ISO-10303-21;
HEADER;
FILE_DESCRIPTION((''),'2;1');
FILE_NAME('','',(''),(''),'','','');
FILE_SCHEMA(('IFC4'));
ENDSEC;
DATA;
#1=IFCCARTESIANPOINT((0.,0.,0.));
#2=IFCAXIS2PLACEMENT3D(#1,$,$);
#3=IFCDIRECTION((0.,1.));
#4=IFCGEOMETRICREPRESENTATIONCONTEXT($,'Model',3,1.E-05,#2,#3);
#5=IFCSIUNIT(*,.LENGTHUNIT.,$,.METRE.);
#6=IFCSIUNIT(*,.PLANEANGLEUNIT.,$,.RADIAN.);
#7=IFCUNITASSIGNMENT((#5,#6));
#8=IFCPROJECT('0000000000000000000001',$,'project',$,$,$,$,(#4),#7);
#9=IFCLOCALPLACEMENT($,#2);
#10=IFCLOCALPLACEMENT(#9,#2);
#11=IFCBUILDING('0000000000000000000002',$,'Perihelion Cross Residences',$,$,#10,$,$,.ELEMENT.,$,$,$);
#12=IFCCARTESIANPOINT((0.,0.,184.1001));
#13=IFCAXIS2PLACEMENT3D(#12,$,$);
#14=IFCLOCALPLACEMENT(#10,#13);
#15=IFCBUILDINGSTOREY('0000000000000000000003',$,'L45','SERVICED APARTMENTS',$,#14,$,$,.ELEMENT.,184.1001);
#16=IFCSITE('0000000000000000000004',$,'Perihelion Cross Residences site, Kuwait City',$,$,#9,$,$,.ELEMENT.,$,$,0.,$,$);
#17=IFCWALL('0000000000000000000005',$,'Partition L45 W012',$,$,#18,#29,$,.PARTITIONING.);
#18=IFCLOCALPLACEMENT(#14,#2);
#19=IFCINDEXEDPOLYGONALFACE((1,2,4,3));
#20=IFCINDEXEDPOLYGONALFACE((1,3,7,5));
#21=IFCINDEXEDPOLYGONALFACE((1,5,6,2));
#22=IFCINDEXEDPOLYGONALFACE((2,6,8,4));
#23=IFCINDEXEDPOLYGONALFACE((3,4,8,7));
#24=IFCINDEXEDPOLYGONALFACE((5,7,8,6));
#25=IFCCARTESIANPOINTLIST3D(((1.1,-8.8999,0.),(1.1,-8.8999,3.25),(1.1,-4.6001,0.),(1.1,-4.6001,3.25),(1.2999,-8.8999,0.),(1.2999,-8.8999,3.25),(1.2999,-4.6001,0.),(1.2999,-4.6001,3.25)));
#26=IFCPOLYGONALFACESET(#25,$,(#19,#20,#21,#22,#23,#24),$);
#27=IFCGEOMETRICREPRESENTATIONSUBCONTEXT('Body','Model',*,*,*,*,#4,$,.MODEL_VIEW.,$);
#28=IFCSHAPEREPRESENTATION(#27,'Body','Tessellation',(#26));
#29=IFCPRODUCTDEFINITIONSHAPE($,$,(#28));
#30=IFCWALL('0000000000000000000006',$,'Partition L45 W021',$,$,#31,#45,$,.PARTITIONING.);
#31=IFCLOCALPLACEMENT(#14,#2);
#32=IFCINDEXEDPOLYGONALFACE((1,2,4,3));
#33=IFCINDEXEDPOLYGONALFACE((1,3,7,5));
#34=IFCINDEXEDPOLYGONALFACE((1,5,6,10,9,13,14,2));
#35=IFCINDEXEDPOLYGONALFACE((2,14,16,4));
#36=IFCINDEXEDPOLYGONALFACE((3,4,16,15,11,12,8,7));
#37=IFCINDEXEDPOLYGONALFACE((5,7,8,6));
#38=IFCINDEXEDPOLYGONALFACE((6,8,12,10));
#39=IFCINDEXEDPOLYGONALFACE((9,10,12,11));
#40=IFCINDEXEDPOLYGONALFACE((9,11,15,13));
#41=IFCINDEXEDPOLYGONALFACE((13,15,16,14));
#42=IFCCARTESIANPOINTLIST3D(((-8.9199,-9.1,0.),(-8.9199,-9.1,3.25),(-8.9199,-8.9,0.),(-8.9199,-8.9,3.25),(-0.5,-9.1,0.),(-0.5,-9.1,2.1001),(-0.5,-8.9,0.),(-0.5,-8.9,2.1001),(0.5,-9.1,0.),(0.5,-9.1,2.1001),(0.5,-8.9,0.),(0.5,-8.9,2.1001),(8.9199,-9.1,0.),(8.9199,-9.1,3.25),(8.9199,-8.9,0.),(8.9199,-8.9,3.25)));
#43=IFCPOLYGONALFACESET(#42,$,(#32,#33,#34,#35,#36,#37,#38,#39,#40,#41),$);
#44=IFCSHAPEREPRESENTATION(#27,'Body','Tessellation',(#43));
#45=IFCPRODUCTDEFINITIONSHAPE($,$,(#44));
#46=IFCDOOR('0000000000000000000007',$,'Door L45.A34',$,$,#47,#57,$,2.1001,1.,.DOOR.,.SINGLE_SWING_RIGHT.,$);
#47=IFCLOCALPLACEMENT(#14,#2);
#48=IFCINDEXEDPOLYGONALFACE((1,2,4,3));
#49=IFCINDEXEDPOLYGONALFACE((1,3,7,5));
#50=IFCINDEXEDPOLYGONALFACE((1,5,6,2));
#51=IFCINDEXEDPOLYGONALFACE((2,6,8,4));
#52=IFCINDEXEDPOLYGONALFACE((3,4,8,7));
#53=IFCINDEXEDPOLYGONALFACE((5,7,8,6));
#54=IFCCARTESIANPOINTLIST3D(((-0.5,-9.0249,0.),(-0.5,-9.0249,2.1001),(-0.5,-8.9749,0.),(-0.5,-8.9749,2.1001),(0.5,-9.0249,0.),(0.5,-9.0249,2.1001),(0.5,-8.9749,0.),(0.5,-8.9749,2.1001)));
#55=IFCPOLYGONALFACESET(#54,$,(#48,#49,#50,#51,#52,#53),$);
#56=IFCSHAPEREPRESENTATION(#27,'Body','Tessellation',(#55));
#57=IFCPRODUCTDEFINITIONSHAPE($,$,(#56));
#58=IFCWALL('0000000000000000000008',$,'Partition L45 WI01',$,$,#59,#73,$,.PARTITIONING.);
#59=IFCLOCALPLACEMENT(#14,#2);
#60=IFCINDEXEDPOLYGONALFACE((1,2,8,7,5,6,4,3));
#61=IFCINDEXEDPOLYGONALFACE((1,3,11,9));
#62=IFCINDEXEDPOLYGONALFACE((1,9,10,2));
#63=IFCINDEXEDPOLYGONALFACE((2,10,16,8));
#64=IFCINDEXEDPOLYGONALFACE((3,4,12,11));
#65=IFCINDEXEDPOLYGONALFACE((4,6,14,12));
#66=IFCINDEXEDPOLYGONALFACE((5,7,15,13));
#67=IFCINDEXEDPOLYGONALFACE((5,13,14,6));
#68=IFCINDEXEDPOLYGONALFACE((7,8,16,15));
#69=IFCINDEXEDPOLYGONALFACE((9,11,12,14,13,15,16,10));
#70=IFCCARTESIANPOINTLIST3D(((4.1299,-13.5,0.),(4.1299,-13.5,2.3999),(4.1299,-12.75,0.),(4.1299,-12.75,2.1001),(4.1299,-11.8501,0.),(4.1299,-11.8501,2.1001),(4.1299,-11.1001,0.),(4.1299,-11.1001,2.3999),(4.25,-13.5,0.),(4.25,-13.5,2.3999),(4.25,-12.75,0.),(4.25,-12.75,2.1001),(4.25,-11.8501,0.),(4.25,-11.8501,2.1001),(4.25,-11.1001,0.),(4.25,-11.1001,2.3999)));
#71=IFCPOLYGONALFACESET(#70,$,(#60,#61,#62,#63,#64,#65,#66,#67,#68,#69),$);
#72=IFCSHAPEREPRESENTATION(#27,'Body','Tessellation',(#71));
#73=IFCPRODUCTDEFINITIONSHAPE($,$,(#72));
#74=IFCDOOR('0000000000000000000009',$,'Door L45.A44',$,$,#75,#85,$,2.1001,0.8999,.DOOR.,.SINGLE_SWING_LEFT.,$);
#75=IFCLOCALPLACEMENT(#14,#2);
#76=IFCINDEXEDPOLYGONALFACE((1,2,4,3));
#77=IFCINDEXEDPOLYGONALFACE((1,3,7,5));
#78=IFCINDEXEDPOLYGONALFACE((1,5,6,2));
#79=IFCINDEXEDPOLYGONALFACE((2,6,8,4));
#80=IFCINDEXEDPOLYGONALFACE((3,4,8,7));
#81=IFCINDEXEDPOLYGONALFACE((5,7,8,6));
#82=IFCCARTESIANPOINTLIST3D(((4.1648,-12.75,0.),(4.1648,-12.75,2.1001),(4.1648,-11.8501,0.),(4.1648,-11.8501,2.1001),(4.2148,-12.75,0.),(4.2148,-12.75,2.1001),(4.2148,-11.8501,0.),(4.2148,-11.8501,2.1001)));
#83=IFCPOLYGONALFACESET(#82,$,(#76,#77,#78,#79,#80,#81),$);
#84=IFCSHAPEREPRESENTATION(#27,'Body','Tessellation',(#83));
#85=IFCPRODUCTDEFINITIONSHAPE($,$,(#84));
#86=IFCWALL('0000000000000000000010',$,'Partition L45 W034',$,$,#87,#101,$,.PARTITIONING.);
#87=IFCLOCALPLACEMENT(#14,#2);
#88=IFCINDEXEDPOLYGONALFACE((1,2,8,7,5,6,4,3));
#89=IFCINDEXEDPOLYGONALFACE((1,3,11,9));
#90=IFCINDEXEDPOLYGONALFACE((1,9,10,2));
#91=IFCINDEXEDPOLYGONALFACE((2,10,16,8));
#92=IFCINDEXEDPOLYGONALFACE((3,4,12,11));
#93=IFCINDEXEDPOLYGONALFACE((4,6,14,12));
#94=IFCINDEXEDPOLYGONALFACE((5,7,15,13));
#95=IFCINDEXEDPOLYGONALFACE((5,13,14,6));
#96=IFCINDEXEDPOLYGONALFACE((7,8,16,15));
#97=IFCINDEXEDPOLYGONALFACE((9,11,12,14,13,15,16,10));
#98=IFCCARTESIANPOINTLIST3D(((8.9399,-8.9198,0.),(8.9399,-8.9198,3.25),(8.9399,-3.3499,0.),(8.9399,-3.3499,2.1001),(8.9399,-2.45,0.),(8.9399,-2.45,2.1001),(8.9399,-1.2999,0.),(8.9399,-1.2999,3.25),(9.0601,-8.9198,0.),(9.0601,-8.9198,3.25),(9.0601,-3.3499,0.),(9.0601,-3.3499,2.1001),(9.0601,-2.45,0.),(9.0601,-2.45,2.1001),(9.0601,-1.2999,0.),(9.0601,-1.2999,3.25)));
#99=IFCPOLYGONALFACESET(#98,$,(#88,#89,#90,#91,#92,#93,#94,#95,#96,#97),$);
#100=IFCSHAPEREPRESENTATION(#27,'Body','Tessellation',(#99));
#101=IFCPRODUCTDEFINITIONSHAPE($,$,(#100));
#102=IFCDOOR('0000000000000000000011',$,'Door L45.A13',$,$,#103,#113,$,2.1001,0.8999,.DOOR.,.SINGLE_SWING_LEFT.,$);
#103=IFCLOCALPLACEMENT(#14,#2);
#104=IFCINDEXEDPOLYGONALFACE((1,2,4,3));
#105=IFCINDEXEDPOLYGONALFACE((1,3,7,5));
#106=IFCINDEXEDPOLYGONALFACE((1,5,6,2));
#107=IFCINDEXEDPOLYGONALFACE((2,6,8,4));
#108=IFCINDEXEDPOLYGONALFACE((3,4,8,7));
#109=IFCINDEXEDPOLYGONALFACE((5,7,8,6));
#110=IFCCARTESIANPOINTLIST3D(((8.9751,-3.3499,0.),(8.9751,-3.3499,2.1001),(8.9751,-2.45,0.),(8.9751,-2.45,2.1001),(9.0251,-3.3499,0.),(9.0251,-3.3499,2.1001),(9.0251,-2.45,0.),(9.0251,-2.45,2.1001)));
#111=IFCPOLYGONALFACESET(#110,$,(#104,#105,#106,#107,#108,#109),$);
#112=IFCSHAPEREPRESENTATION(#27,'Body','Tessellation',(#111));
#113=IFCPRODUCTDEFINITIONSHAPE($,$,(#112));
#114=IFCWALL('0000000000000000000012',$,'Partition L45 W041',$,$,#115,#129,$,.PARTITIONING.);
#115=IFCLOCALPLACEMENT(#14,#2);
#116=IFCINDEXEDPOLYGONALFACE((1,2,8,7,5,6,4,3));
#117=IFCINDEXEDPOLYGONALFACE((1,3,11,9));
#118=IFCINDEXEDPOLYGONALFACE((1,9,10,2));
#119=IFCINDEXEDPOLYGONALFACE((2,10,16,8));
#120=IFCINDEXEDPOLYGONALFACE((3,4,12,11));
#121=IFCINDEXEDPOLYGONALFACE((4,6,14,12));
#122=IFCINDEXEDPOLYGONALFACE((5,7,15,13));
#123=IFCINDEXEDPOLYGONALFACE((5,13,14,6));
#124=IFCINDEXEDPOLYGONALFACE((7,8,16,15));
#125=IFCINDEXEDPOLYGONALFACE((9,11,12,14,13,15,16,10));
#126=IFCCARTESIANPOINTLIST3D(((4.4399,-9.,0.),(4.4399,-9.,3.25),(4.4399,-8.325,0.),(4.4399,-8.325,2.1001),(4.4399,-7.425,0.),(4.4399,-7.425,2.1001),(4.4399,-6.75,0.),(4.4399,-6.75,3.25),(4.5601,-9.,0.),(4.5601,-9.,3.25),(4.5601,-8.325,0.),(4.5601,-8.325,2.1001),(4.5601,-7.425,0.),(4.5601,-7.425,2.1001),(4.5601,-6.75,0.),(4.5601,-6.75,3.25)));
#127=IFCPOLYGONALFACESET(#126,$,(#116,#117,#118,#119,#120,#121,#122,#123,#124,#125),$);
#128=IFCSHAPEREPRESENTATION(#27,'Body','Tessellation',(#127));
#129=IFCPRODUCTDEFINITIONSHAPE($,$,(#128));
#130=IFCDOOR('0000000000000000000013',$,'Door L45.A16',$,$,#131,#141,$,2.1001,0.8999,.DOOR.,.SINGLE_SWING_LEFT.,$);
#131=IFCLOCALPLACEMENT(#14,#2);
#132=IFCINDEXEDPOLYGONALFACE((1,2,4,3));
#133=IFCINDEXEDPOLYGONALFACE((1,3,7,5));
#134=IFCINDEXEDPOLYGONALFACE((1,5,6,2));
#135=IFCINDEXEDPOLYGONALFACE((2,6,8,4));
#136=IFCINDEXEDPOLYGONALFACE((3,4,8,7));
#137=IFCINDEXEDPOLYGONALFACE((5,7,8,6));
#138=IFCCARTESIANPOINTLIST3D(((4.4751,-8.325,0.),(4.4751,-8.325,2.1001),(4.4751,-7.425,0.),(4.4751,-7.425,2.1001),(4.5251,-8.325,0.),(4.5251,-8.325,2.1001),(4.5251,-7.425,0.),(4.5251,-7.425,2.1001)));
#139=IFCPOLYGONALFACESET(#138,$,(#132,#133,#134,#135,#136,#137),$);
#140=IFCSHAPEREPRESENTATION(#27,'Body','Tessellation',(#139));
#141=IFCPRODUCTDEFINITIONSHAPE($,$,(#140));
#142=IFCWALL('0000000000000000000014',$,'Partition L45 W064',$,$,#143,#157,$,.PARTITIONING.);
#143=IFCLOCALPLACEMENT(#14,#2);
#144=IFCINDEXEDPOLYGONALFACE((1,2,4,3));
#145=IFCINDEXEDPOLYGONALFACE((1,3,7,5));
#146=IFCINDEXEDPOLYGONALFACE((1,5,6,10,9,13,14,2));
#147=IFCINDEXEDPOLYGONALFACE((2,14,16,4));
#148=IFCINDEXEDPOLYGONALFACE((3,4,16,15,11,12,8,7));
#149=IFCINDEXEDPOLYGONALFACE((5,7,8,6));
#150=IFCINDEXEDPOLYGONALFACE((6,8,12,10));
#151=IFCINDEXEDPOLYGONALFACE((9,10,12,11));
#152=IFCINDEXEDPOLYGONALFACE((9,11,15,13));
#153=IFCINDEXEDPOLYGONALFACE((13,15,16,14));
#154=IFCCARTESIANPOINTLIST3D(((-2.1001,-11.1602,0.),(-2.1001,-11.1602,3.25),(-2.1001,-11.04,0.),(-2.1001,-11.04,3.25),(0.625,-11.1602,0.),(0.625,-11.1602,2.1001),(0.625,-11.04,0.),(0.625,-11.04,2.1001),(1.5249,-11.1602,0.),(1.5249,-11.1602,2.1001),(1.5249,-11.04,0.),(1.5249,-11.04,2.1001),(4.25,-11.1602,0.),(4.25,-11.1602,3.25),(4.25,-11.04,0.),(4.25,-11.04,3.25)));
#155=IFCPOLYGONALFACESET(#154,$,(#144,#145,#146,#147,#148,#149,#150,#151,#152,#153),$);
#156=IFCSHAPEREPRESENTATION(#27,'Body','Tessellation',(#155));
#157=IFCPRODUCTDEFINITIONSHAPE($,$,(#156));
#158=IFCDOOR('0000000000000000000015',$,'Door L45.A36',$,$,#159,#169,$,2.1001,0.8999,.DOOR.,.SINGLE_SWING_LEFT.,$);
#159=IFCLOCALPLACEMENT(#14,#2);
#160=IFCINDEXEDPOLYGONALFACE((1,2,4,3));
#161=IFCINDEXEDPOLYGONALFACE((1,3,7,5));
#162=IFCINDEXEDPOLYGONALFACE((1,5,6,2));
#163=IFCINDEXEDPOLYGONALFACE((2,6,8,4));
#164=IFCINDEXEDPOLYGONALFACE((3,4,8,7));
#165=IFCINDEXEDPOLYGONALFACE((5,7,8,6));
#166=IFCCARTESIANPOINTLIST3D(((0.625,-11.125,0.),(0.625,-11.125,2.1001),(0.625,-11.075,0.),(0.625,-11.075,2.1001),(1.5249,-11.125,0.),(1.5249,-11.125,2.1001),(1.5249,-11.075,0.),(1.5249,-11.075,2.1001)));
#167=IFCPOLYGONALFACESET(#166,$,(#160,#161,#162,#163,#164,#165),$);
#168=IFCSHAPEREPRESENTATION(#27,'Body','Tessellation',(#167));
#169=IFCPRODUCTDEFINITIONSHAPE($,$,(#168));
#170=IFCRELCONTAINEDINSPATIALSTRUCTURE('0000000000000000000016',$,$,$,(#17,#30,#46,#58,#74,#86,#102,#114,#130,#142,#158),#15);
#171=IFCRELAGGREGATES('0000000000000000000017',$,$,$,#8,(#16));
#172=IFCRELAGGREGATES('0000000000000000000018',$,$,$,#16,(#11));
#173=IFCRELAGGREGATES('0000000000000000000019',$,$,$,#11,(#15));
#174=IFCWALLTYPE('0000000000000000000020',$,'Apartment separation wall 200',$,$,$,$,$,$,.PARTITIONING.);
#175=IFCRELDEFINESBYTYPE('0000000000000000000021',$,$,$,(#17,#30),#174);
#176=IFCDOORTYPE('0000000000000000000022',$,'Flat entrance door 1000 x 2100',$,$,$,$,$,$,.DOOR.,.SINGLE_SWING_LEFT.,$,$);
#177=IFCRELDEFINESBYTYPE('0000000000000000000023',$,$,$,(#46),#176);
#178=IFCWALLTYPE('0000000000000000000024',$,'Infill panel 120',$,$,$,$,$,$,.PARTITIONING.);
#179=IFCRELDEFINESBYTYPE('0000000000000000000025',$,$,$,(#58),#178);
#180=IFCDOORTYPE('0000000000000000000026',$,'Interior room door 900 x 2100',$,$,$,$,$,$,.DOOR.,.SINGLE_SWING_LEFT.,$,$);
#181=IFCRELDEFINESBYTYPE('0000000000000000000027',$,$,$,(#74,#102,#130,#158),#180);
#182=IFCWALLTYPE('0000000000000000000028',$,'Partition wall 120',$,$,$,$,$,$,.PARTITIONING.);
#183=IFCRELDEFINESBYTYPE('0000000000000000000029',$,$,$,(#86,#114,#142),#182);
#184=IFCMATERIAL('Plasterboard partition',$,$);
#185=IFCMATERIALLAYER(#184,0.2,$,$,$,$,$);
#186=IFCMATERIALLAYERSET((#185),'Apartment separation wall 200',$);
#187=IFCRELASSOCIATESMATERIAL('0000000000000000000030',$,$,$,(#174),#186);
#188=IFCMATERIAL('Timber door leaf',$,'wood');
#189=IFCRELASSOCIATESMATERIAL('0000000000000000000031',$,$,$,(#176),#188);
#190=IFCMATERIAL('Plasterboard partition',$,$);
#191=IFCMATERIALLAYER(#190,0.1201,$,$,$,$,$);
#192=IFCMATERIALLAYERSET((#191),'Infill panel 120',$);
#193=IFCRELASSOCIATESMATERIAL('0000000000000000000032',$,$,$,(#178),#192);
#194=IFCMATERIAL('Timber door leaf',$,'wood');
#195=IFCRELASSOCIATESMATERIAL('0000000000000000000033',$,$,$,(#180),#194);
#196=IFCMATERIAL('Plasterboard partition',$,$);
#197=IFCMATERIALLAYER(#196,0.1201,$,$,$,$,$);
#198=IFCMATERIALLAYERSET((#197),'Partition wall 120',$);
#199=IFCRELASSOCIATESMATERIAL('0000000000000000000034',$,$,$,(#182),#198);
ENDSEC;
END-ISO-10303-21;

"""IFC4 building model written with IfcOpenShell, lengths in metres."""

from ifc_helpers import new_model, si_unit, direction, frame, frame_2d, origin, place, context, subcontext, project, spatial, rectangle, extrude, material, layer, layer_set, type_object, element, fill, save


model = new_model("IFC4")

# Units and contexts
model_context = context("Model", 3, precision=1e-05, world=origin(), true_north=direction((0.0, 1.0)))
body_context = subcontext(model_context, "Body", "Model", "MODEL_VIEW")
ifc_project = project(units=[si_unit("LENGTHUNIT", "METRE"), si_unit("PLANEANGLEUNIT", "RADIAN")], contexts=[model_context])

# Site, building, storey
site_placement = place(None, origin())
site = spatial("IfcSite", under=ifc_project, at=site_placement, Name="Perihelion Cross Residences site, Kuwait City", CompositionType="ELEMENT", RefElevation=0.0)
building_placement = place(site_placement, origin())
building = spatial("IfcBuilding", under=site, at=building_placement, Name="Perihelion Cross Residences", CompositionType="ELEMENT")
storey_placement = place(building_placement, frame((0.0, 0.0, 184.1001)))
storey = spatial("IfcBuildingStorey", under=building, at=storey_placement, Name="L45", Description="SERVICED APARTMENTS", CompositionType="ELEMENT", Elevation=184.1001)

# Wall
ifc_material_1 = material(Name="Plasterboard partition")
ifc_layer_1 = layer(ifc_material_1, 0.2)
ifc_layer_set_1 = layer_set([ifc_layer_1], Name="Apartment separation wall 200")
wall_type_1 = type_object("IfcWallType", Name="Apartment separation wall 200", PredefinedType="PARTITIONING", material=ifc_layer_set_1)
wall_1_placement = place(storey_placement, frame((1.2, -4.6001, 0.0), z_axis=(0.0, 0.0, 1.0), x_axis=(0.0, -1.0, 0.0)))
element("IfcWall", 1, at=wall_1_placement, inside=storey, type_object=wall_type_1, Name="Partition L45 W012", PredefinedType="PARTITIONING", context=body_context, shape_type="SweptSolid", body=[
    extrude(rectangle(XDim=4.2998, YDim=0.2, at=frame_2d((2.1499, 0.0))), origin(), (0.0, 0.0, 1.0), 3.25),
])

# Walls, openings, doors
wall_2_placement = place(storey_placement, frame((8.9199, -9.0, 0.0), z_axis=(0.0, 0.0, 1.0), x_axis=(-1.0, 0.0, 0.0)))
wall_2 = element("IfcWall", 2, at=wall_2_placement, inside=storey, type_object=wall_type_1, Name="Partition L45 W021", PredefinedType="PARTITIONING", context=body_context, shape_type="SweptSolid", body=[
    extrude(rectangle(XDim=17.8398, YDim=0.2, at=frame_2d((8.9199, 0.0))), origin(), (0.0, 0.0, 1.0), 3.25),
])
opening_1_placement = place(wall_2_placement, frame((8.4199, 0.0, 0.0)))
opening_1 = element("IfcOpeningElement", 3, at=opening_1_placement, cuts=wall_2, PredefinedType="OPENING", context=body_context, shape_type="SweptSolid", body=[
    extrude(rectangle(XDim=1.0, YDim=2.1001, at=frame_2d((0.5, 1.05))), frame((0.0, 0.1099, 0.0), z_axis=(0.0, -1.0, 0.0), x_axis=(1.0, 0.0, 0.0)), (0.0, 0.0, 1.0), 0.22),
])
ifc_material_2 = material(Name="Timber door leaf", Category="wood")
door_type_1 = type_object("IfcDoorType", Name="Flat entrance door 1000 x 2100", OperationType="SINGLE_SWING_LEFT", PredefinedType="DOOR", material=ifc_material_2)
door_1_placement = place(opening_1_placement, origin())
door_1 = element("IfcDoor", 4, at=door_1_placement, inside=storey, type_object=door_type_1, Name="Door L45.A34", OperationType="SINGLE_SWING_RIGHT", OverallHeight=2.1001, OverallWidth=1.0, PredefinedType="DOOR", context=body_context, shape_type="SweptSolid", body=[
    extrude(rectangle(XDim=1.0, YDim=2.1001, at=frame_2d((0.5, 1.05))), frame((0.0, 0.0249, 0.0), z_axis=(0.0, -1.0, 0.0), x_axis=(1.0, 0.0, 0.0)), (0.0, 0.0, 1.0), 0.05),
])
fill(opening_1, door_1)
ifc_material_3 = material(Name="Plasterboard partition")
ifc_layer_2 = layer(ifc_material_3, 0.1201)
ifc_layer_set_2 = layer_set([ifc_layer_2], Name="Infill panel 120")
wall_type_2 = type_object("IfcWallType", Name="Infill panel 120", PredefinedType="PARTITIONING", material=ifc_layer_set_2)
wall_3_placement = place(storey_placement, frame((4.1899, -11.1001, 0.0), z_axis=(0.0, 0.0, 1.0), x_axis=(0.0, -1.0, 0.0)))
wall_3 = element("IfcWall", 5, at=wall_3_placement, inside=storey, type_object=wall_type_2, Name="Partition L45 WI01", PredefinedType="PARTITIONING", context=body_context, shape_type="SweptSolid", body=[
    extrude(rectangle(XDim=2.3999, YDim=0.1201, at=frame_2d((1.2, 0.0))), origin(), (0.0, 0.0, 1.0), 2.3999),
])
opening_2_placement = place(wall_3_placement, frame((0.75, 0.0, 0.0)))
opening_2 = element("IfcOpeningElement", 6, at=opening_2_placement, cuts=wall_3, PredefinedType="OPENING", context=body_context, shape_type="SweptSolid", body=[
    extrude(rectangle(XDim=0.8999, YDim=2.1001, at=frame_2d((0.45, 1.05))), frame((0.0, 0.0701, 0.0), z_axis=(0.0, -1.0, 0.0), x_axis=(1.0, 0.0, 0.0)), (0.0, 0.0, 1.0), 0.1401),
])
ifc_material_4 = material(Name="Timber door leaf", Category="wood")
door_type_2 = type_object("IfcDoorType", Name="Interior room door 900 x 2100", OperationType="SINGLE_SWING_LEFT", PredefinedType="DOOR", material=ifc_material_4)
door_2_placement = place(opening_2_placement, origin())
door_2 = element("IfcDoor", 7, at=door_2_placement, inside=storey, type_object=door_type_2, Name="Door L45.A44", OperationType="SINGLE_SWING_LEFT", OverallHeight=2.1001, OverallWidth=0.8999, PredefinedType="DOOR", context=body_context, shape_type="SweptSolid", body=[
    extrude(rectangle(XDim=0.8999, YDim=2.1001, at=frame_2d((0.45, 1.05))), frame((0.0, 0.0249, 0.0), z_axis=(0.0, -1.0, 0.0), x_axis=(1.0, 0.0, 0.0)), (0.0, 0.0, 1.0), 0.05),
])
fill(opening_2, door_2)
ifc_material_5 = material(Name="Plasterboard partition")
ifc_layer_3 = layer(ifc_material_5, 0.1201)
ifc_layer_set_3 = layer_set([ifc_layer_3], Name="Partition wall 120")
wall_type_3 = type_object("IfcWallType", Name="Partition wall 120", PredefinedType="PARTITIONING", material=ifc_layer_set_3)
wall_4_placement = place(storey_placement, frame((9.0, -8.9199, 0.0), z_axis=(0.0, 0.0, 1.0), x_axis=(0.0, 1.0, 0.0)))
wall_4 = element("IfcWall", 8, at=wall_4_placement, inside=storey, type_object=wall_type_3, Name="Partition L45 W034", PredefinedType="PARTITIONING", context=body_context, shape_type="SweptSolid", body=[
    extrude(rectangle(XDim=7.6199, YDim=0.1201, at=frame_2d((3.8101, 0.0))), origin(), (0.0, 0.0, 1.0), 3.25),
])
opening_3_placement = place(wall_4_placement, frame((5.5701, 0.0, 0.0)))
opening_3 = element("IfcOpeningElement", 9, at=opening_3_placement, cuts=wall_4, PredefinedType="OPENING", context=body_context, shape_type="SweptSolid", body=[
    extrude(rectangle(XDim=0.8999, YDim=2.1001, at=frame_2d((0.45, 1.05))), frame((0.0, 0.0701, 0.0), z_axis=(0.0, -1.0, 0.0), x_axis=(1.0, 0.0, 0.0)), (0.0, 0.0, 1.0), 0.1401),
])
door_3_placement = place(opening_3_placement, origin())
door_3 = element("IfcDoor", 10, at=door_3_placement, inside=storey, type_object=door_type_2, Name="Door L45.A13", OperationType="SINGLE_SWING_LEFT", OverallHeight=2.1001, OverallWidth=0.8999, PredefinedType="DOOR", context=body_context, shape_type="SweptSolid", body=[
    extrude(rectangle(XDim=0.8999, YDim=2.1001, at=frame_2d((0.45, 1.05))), frame((0.0, 0.0249, 0.0), z_axis=(0.0, -1.0, 0.0), x_axis=(1.0, 0.0, 0.0)), (0.0, 0.0, 1.0), 0.05),
])
fill(opening_3, door_3)
wall_5_placement = place(storey_placement, frame((4.5, -9.0, 0.0), z_axis=(0.0, 0.0, 1.0), x_axis=(0.0, 1.0, 0.0)))
wall_5 = element("IfcWall", 11, at=wall_5_placement, inside=storey, type_object=wall_type_3, Name="Partition L45 W041", PredefinedType="PARTITIONING", context=body_context, shape_type="SweptSolid", body=[
    extrude(rectangle(XDim=2.25, YDim=0.1201, at=frame_2d((1.125, 0.0))), origin(), (0.0, 0.0, 1.0), 3.25),
])
opening_4_placement = place(wall_5_placement, frame((0.675, 0.0, 0.0)))
opening_4 = element("IfcOpeningElement", 12, at=opening_4_placement, cuts=wall_5, PredefinedType="OPENING", context=body_context, shape_type="SweptSolid", body=[
    extrude(rectangle(XDim=0.8999, YDim=2.1001, at=frame_2d((0.45, 1.05))), frame((0.0, 0.0701, 0.0), z_axis=(0.0, -1.0, 0.0), x_axis=(1.0, 0.0, 0.0)), (0.0, 0.0, 1.0), 0.1401),
])
door_4_placement = place(opening_4_placement, origin())
door_4 = element("IfcDoor", 13, at=door_4_placement, inside=storey, type_object=door_type_2, Name="Door L45.A16", OperationType="SINGLE_SWING_LEFT", OverallHeight=2.1001, OverallWidth=0.8999, PredefinedType="DOOR", context=body_context, shape_type="SweptSolid", body=[
    extrude(rectangle(XDim=0.8999, YDim=2.1001, at=frame_2d((0.45, 1.05))), frame((0.0, 0.0249, 0.0), z_axis=(0.0, -1.0, 0.0), x_axis=(1.0, 0.0, 0.0)), (0.0, 0.0, 1.0), 0.05),
])
fill(opening_4, door_4)
wall_6_placement = place(storey_placement, frame((4.25, -11.1001, 0.0), z_axis=(0.0, 0.0, 1.0), x_axis=(-1.0, 0.0, 0.0)))
wall_6 = element("IfcWall", 14, at=wall_6_placement, inside=storey, type_object=wall_type_3, Name="Partition L45 W064", PredefinedType="PARTITIONING", context=body_context, shape_type="SweptSolid", body=[
    extrude(rectangle(XDim=6.3501, YDim=0.1201, at=frame_2d((3.175, 0.0))), origin(), (0.0, 0.0, 1.0), 3.25),
])
opening_5_placement = place(wall_6_placement, frame((2.7251, 0.0, 0.0)))
opening_5 = element("IfcOpeningElement", 15, at=opening_5_placement, cuts=wall_6, PredefinedType="OPENING", context=body_context, shape_type="SweptSolid", body=[
    extrude(rectangle(XDim=0.8999, YDim=2.1001, at=frame_2d((0.45, 1.05))), frame((0.0, 0.0701, 0.0), z_axis=(0.0, -1.0, 0.0), x_axis=(1.0, 0.0, 0.0)), (0.0, 0.0, 1.0), 0.1401),
])
door_5_placement = place(opening_5_placement, origin())
door_5 = element("IfcDoor", 16, at=door_5_placement, inside=storey, type_object=door_type_2, Name="Door L45.A36", OperationType="SINGLE_SWING_LEFT", OverallHeight=2.1001, OverallWidth=0.8999, PredefinedType="DOOR", context=body_context, shape_type="SweptSolid", body=[
    extrude(rectangle(XDim=0.8999, YDim=2.1001, at=frame_2d((0.45, 1.05))), frame((0.0, 0.0249, 0.0), z_axis=(0.0, -1.0, 0.0), x_axis=(1.0, 0.0, 0.0)), (0.0, 0.0, 1.0), 0.05),
])
fill(opening_5, door_5)

save(model, "model.ifc")
